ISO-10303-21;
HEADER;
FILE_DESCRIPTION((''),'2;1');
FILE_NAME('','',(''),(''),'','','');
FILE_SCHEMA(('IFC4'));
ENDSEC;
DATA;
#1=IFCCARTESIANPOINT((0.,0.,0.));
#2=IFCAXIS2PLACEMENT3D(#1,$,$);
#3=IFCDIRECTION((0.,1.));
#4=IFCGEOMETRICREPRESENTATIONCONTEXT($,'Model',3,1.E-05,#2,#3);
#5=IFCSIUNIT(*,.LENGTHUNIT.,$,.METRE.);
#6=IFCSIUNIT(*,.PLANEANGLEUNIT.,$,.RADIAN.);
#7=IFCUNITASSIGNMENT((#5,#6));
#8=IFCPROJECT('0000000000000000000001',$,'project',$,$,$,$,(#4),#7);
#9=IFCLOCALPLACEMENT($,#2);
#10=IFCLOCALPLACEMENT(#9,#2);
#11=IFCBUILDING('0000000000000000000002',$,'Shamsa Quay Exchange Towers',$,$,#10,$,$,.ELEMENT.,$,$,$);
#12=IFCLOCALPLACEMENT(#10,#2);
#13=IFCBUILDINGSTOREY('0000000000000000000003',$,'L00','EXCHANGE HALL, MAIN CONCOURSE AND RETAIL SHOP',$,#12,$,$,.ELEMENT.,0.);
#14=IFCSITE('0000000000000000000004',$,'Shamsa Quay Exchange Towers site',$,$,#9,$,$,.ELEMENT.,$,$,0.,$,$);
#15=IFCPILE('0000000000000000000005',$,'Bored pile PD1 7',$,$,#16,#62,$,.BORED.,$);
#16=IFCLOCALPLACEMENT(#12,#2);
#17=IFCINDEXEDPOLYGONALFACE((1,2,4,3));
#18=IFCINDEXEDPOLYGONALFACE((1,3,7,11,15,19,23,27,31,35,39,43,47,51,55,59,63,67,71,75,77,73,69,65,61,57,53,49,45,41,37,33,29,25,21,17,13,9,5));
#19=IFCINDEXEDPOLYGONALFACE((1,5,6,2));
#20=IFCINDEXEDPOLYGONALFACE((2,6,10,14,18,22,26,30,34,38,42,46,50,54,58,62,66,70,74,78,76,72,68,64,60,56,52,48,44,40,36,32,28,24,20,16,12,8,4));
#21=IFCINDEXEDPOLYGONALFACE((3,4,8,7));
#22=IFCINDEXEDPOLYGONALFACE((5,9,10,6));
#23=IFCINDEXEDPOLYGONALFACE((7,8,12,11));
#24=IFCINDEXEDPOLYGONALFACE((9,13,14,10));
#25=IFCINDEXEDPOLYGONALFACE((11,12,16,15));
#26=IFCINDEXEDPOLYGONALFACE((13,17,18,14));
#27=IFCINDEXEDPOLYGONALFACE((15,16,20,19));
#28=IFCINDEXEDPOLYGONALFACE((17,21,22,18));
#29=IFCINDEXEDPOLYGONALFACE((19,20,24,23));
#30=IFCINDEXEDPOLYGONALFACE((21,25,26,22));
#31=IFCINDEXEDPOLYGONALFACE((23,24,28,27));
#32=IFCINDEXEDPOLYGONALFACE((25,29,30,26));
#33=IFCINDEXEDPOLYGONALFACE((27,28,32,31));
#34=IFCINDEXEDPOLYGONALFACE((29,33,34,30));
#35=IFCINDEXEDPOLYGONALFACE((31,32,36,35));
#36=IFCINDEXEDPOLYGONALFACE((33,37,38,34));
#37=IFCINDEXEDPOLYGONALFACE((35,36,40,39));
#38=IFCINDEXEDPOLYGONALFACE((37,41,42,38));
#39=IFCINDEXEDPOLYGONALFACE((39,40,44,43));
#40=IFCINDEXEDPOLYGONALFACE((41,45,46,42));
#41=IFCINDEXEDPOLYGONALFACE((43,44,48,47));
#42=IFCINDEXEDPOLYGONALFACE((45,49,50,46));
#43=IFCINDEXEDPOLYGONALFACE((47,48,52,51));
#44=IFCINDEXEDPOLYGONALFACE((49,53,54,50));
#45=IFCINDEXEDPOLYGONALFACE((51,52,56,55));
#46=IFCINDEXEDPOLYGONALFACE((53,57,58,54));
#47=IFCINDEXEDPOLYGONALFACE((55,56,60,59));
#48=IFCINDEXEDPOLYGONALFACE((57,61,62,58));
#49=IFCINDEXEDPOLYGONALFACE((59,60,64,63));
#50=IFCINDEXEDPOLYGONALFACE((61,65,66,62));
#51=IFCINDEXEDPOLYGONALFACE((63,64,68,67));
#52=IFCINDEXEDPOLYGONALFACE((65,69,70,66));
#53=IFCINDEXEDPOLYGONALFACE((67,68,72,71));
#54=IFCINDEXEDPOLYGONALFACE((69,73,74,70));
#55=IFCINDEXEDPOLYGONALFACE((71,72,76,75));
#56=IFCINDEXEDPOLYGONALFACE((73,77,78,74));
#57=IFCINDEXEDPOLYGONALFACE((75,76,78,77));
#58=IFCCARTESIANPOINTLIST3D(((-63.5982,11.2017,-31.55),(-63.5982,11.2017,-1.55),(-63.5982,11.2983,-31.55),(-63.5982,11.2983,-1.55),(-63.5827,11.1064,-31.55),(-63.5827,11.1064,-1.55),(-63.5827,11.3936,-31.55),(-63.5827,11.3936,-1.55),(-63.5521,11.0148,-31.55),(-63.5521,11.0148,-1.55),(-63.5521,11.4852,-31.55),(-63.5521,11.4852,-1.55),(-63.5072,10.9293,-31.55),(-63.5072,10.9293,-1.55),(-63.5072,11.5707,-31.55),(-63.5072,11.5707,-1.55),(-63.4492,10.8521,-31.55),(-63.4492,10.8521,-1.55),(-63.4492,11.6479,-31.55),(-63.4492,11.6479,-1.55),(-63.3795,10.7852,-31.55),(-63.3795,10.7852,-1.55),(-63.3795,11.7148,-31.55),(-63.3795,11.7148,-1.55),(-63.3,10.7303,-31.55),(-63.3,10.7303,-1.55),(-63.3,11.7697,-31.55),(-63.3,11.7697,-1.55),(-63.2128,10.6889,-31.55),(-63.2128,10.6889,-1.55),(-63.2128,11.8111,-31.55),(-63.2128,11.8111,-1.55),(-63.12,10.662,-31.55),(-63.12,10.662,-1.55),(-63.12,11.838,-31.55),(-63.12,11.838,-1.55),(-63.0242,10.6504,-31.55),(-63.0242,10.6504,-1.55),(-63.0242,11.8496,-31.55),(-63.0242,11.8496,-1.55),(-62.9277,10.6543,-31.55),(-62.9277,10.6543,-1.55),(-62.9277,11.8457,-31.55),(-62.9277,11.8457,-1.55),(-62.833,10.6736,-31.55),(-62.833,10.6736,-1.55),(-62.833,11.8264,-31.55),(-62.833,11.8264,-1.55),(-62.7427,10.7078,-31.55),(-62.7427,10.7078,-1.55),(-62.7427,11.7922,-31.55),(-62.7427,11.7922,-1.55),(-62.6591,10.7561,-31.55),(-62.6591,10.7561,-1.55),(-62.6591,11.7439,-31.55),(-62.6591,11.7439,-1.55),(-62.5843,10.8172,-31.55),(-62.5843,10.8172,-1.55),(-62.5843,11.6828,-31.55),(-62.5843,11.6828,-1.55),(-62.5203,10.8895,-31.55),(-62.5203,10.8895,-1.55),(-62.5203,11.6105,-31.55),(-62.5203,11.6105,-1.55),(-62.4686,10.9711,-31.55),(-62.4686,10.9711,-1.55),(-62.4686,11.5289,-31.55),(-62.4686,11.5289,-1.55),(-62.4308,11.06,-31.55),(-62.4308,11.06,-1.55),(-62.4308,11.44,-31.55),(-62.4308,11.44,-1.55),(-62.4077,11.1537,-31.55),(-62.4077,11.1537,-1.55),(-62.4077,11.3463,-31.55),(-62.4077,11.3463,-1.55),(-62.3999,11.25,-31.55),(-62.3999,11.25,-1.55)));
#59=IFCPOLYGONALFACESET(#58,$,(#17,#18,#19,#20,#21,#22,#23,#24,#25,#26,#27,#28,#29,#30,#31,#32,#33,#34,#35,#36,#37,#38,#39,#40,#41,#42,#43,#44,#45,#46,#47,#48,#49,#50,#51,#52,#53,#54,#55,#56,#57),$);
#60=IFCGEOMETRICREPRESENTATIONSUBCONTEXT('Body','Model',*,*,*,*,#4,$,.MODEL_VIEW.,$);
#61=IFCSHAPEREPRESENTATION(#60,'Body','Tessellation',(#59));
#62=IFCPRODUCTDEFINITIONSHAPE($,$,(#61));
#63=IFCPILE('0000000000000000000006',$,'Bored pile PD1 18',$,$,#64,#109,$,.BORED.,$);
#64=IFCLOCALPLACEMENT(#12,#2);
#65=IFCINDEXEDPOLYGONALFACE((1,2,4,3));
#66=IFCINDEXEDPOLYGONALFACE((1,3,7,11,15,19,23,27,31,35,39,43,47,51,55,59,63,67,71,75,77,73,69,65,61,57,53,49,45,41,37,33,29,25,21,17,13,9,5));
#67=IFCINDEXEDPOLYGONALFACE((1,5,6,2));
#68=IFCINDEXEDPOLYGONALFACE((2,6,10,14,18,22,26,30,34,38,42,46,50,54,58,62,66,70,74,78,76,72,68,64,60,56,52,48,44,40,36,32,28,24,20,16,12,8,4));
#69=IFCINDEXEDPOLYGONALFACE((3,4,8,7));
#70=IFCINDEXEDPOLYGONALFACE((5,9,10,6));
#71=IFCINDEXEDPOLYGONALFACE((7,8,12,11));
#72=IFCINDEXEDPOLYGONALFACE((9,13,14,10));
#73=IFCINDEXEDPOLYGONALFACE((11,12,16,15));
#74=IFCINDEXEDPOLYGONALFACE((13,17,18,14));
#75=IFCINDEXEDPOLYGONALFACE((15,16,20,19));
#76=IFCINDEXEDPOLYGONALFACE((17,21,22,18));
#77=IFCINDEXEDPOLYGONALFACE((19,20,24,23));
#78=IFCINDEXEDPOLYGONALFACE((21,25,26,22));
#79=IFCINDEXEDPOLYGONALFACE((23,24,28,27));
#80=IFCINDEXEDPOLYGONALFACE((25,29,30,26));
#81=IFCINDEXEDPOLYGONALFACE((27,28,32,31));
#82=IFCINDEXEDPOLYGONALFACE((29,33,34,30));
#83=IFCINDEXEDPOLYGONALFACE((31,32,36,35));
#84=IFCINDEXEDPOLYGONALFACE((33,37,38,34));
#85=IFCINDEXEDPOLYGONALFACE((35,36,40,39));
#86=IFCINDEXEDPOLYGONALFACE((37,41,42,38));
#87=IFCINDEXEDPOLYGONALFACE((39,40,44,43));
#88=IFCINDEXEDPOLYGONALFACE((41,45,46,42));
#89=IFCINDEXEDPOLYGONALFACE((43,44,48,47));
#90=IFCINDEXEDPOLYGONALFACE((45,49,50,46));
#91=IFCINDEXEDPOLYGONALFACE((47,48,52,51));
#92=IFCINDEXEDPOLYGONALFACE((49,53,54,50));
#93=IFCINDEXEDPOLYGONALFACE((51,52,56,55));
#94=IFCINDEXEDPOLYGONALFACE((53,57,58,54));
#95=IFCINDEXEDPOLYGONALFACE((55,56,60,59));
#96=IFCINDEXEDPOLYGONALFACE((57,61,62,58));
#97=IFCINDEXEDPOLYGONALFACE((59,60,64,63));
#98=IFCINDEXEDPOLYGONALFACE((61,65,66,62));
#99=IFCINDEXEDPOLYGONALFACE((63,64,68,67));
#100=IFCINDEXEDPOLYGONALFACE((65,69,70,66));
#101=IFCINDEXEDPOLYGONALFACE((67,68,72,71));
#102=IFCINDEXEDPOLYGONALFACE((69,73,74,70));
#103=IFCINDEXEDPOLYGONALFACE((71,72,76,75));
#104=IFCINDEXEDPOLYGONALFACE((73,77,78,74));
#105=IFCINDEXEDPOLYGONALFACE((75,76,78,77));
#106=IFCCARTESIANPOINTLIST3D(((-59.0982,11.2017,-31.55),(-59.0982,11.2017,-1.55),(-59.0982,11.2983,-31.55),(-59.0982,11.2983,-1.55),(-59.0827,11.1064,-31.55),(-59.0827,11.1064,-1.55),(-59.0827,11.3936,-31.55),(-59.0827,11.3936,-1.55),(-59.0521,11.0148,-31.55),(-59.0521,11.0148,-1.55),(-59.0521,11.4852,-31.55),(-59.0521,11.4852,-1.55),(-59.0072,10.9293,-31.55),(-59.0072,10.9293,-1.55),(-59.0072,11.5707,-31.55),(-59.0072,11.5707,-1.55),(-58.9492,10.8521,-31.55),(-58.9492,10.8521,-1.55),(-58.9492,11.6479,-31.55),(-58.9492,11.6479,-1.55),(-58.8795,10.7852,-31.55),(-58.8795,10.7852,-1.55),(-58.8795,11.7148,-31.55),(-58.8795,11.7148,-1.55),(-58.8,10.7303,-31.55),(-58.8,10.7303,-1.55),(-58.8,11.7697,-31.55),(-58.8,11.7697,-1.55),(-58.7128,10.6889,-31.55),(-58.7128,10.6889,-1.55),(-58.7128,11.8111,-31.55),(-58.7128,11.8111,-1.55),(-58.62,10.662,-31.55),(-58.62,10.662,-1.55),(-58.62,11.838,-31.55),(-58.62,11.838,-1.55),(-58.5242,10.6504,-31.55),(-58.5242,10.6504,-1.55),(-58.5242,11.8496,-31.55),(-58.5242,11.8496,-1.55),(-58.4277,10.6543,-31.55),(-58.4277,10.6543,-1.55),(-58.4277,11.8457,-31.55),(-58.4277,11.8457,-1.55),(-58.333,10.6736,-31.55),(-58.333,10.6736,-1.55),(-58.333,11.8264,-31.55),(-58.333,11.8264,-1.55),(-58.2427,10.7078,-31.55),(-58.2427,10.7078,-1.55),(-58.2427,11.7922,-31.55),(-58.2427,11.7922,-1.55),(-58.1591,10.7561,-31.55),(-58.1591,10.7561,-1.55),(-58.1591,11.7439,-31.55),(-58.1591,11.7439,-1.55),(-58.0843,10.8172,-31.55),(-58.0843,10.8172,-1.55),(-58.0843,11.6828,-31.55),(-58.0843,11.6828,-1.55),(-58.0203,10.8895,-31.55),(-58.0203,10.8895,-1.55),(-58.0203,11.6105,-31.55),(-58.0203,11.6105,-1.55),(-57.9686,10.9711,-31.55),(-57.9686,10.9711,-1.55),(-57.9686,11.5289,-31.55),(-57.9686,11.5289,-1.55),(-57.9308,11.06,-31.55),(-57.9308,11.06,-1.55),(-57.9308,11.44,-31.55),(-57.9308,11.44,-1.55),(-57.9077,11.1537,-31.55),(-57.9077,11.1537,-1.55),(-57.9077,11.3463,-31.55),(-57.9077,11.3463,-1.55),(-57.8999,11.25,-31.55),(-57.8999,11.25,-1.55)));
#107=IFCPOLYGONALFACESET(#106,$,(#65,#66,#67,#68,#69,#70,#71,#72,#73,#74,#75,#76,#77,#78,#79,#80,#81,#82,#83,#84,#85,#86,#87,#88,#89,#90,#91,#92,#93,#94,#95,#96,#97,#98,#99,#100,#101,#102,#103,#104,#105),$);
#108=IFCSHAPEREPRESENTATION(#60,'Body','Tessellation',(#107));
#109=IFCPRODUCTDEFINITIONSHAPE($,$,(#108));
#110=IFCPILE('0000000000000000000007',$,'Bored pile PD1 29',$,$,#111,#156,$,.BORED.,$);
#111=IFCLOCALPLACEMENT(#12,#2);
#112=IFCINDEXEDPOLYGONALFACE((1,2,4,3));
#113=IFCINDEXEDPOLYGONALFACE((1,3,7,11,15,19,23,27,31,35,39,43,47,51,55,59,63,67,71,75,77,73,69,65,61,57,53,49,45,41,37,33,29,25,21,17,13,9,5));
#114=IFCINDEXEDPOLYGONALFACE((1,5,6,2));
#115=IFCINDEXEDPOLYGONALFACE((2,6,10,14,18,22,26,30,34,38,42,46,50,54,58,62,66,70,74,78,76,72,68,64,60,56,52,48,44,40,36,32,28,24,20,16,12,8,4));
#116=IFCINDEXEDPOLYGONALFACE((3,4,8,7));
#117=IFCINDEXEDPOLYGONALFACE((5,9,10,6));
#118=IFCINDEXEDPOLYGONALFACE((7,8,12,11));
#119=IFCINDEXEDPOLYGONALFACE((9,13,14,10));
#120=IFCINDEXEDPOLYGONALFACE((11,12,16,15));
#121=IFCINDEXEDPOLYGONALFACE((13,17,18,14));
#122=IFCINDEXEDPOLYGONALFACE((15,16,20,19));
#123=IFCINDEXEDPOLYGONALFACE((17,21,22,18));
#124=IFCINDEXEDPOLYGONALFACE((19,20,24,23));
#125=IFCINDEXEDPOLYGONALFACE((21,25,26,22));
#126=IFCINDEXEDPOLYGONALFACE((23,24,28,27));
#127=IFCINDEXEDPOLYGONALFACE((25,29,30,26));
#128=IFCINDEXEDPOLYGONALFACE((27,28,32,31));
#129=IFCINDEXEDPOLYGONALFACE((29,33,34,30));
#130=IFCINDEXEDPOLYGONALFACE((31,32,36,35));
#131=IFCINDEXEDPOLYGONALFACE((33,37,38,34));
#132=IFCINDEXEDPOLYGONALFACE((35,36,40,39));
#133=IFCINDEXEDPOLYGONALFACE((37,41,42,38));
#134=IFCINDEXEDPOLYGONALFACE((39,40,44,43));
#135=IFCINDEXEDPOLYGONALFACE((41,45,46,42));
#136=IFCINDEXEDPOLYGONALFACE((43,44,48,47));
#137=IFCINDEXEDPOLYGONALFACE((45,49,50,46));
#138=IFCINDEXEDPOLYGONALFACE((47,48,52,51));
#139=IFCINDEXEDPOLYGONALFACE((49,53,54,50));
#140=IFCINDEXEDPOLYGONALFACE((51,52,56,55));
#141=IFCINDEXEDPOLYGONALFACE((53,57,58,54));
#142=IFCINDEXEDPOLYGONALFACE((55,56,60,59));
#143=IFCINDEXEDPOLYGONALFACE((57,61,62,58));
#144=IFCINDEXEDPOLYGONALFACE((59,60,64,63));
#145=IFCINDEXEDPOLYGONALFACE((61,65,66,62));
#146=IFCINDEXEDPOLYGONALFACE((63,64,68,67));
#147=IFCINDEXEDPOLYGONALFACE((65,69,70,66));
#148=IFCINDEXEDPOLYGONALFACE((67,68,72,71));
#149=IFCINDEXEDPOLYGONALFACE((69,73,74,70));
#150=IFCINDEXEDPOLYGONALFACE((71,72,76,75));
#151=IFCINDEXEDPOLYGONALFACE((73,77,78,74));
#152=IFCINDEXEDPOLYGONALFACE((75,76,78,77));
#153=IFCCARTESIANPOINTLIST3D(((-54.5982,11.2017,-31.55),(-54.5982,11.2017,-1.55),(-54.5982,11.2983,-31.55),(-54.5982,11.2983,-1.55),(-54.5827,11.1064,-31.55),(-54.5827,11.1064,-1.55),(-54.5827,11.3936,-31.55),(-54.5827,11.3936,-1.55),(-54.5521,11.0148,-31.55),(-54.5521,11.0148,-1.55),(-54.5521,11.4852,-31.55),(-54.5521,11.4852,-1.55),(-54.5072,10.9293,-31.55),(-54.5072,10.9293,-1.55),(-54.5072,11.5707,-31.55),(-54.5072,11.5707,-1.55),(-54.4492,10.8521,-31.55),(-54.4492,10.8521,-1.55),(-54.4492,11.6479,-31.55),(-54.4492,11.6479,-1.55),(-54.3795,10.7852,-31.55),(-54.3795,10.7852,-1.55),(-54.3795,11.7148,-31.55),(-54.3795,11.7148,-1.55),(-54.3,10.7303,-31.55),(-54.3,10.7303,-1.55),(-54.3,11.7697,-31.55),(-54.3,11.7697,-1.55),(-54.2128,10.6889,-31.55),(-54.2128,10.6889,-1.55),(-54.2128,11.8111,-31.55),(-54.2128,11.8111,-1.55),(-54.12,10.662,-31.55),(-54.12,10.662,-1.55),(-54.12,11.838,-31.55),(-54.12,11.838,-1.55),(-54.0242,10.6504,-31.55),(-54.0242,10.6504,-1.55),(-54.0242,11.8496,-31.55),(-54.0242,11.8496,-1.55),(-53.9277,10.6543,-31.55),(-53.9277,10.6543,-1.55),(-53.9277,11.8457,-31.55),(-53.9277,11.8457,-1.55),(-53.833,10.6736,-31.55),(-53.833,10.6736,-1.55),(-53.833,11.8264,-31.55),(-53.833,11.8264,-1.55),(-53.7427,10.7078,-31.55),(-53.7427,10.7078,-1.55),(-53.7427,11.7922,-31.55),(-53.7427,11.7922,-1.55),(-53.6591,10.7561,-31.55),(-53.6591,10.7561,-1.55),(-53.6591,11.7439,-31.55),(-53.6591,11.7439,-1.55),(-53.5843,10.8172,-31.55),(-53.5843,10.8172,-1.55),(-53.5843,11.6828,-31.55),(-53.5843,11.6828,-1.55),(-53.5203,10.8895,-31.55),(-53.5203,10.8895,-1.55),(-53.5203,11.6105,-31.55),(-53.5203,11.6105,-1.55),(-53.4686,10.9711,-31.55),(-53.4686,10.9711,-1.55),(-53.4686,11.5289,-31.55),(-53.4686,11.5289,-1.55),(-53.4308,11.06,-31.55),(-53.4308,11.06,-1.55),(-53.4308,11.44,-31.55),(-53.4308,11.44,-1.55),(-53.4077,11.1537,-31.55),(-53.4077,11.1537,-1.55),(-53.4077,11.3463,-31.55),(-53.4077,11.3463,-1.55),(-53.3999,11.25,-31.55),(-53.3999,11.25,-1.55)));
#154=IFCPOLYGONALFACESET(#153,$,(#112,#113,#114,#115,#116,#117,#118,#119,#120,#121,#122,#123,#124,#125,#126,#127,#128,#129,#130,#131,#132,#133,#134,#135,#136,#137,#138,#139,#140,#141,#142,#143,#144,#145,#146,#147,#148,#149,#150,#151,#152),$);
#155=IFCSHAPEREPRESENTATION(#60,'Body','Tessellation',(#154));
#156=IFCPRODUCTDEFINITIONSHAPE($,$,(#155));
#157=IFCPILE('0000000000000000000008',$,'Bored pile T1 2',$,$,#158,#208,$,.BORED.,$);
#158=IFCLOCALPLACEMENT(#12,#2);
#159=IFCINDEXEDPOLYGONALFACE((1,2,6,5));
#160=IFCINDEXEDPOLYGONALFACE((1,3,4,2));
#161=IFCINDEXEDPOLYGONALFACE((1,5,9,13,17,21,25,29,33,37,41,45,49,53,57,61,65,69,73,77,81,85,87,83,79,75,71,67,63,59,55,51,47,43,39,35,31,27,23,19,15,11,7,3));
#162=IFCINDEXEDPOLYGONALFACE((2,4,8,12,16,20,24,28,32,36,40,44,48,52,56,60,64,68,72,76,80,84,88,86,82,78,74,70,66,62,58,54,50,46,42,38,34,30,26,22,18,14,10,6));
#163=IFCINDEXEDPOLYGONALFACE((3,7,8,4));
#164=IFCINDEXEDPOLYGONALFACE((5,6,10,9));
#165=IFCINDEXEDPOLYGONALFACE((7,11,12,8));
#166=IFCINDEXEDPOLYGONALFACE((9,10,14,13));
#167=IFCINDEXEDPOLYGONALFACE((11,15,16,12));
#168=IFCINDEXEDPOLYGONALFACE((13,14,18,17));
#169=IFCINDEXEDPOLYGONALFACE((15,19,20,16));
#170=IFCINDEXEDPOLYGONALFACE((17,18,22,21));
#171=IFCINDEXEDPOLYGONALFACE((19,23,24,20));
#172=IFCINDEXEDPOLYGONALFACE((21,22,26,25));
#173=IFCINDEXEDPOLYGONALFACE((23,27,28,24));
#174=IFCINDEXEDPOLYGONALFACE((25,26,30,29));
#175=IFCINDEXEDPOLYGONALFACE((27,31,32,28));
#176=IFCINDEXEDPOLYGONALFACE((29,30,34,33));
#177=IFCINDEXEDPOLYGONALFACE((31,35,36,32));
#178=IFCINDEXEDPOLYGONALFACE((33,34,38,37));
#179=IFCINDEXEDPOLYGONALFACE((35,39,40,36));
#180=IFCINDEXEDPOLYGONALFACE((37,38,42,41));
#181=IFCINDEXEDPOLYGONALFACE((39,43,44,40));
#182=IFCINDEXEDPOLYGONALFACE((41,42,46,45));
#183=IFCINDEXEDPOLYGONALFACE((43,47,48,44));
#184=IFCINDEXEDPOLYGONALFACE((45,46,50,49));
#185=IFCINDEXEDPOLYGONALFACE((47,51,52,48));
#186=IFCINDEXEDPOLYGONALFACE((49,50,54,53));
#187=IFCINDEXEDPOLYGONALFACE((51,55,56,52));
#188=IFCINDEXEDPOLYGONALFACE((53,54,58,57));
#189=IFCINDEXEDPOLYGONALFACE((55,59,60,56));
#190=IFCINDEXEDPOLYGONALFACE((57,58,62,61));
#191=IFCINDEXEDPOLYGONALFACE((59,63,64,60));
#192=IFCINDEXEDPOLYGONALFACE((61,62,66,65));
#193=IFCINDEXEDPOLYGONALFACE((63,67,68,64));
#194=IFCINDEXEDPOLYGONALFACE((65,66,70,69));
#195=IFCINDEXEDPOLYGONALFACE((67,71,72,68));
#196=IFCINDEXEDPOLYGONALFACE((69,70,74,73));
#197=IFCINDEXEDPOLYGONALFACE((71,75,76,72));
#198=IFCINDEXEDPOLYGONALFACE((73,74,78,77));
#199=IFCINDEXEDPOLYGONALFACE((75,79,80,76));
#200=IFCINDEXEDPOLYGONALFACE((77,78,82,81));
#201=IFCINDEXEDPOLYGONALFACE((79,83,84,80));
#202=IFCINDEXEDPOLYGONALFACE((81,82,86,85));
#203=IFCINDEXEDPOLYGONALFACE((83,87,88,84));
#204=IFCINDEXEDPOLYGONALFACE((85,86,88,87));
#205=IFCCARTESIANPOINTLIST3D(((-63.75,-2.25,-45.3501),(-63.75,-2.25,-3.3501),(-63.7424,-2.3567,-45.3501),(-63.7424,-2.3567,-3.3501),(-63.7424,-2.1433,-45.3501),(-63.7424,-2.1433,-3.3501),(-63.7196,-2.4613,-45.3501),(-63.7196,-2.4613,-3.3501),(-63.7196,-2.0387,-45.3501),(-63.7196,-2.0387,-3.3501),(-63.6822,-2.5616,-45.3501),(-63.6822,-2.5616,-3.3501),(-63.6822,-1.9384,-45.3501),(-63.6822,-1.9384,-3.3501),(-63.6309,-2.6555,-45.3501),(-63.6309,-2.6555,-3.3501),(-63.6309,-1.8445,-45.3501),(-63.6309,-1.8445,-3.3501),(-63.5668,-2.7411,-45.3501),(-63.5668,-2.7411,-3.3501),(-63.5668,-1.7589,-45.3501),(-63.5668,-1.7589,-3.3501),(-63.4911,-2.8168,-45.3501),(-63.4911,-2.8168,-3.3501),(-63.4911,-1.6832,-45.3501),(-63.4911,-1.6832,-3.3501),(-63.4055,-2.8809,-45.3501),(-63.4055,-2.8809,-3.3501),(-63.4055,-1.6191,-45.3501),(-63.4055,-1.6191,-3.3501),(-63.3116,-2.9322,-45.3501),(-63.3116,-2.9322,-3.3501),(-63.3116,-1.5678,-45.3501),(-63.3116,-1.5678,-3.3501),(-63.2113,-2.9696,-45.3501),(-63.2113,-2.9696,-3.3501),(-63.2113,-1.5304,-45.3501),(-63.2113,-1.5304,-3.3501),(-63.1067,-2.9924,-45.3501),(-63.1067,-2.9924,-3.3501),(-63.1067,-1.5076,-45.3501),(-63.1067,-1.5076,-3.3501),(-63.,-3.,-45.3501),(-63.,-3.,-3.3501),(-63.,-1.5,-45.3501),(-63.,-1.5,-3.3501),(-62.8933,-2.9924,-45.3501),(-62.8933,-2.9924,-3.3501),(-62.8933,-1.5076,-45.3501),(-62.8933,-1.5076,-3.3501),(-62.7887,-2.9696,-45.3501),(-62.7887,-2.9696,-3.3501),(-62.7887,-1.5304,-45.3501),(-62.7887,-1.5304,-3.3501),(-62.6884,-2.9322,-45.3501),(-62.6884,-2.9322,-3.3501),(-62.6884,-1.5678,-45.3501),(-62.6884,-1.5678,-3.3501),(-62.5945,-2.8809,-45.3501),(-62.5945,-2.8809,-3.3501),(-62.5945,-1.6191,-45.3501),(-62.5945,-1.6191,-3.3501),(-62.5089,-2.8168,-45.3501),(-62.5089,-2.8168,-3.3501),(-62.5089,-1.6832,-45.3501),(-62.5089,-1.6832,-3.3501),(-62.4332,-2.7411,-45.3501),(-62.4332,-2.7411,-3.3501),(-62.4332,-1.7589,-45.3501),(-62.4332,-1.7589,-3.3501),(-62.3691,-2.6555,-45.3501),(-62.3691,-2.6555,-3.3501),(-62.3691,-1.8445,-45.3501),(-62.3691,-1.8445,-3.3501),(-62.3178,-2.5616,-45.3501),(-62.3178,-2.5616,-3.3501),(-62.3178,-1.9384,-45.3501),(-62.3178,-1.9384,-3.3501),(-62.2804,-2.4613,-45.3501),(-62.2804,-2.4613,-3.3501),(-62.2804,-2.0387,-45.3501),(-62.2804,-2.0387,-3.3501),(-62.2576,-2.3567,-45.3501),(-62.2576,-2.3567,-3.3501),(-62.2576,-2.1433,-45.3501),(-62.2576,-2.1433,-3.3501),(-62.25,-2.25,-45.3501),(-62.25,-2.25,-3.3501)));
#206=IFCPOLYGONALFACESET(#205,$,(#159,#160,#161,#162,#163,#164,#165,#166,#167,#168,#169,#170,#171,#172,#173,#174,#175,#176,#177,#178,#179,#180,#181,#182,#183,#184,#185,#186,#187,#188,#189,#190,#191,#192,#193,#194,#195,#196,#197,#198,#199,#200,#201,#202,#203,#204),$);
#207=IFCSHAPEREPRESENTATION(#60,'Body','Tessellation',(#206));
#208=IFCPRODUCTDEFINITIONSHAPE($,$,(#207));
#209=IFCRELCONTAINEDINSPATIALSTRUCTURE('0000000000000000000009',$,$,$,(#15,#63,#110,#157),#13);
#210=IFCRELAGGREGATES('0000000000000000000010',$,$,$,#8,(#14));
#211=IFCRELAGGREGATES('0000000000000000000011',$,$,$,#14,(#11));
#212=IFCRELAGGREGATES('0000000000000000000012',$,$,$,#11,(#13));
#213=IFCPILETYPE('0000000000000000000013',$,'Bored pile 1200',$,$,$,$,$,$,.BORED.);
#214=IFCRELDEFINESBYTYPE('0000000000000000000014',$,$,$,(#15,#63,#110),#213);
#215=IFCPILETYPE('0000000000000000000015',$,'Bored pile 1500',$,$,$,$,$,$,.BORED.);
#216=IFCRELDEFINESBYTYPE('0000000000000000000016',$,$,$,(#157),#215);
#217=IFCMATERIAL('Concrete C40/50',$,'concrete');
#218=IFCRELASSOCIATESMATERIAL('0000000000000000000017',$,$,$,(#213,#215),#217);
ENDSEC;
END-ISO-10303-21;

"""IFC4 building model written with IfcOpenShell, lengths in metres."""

from ifc_helpers import new_model, si_unit, direction, frame, origin, origin_2d, place, context, subcontext, project, spatial, circle, extrude, material, material_profile, profile_set, type_object, element, save


model = new_model("IFC4")

# Units and contexts
model_context = context("Model", 3, precision=1e-05, world=origin(), true_north=direction((0.0, 1.0)))
body_context = subcontext(model_context, "Body", "Model", "MODEL_VIEW")
ifc_project = project(units=[si_unit("LENGTHUNIT", "METRE"), si_unit("PLANEANGLEUNIT", "RADIAN")], contexts=[model_context])

# Site, building, storey
site_placement = place(None, origin())
site = spatial("IfcSite", under=ifc_project, at=site_placement, Name="Shamsa Quay Exchange Towers site", CompositionType="ELEMENT", RefElevation=0.0)
building_placement = place(site_placement, origin())
building = spatial("IfcBuilding", under=site, at=building_placement, Name="Shamsa Quay Exchange Towers", CompositionType="ELEMENT")
storey_placement = place(building_placement, origin())
storey = spatial("IfcBuildingStorey", under=building, at=storey_placement, Name="L00", Description="EXCHANGE HALL, MAIN CONCOURSE AND RETAIL SHOP", CompositionType="ELEMENT", Elevation=0.0)

# Piles
ifc_material_1 = material(Name="Concrete C40/50", Category="concrete")
ifc_material_profile_1 = material_profile(ifc_material_1, circle(Radius=0.6001, at=origin_2d()), Name="BP1200")
ifc_profile_set_1 = profile_set([ifc_material_profile_1], Name="Concrete C40/50")
pile_type_1 = type_object("IfcPileType", Name="Bored pile 1200", PredefinedType="BORED", material=ifc_profile_set_1)
for number, where, z_axis, x_axis, name in (
    (1, (-63.0, 11.25, -1.55), (0.0, 0.0, -1.0), (1.0, 0.0, 0.0), "Bored pile PD1 7"),
    (2, (-58.5, 11.25, -1.55), (0.0, 0.0, -1.0), (1.0, 0.0, 0.0), "Bored pile PD1 18"),
    (3, (-54.0, 11.25, -1.55), (0.0, 0.0, -1.0), (1.0, 0.0, 0.0), "Bored pile PD1 29"),
):
    element("IfcPile", number, at=place(storey_placement, frame(where, z_axis=z_axis, x_axis=x_axis)), inside=storey, type_object=pile_type_1, Name=name, PredefinedType="BORED", context=body_context, shape_type="SweptSolid", body=[
        extrude(circle(Radius=0.6001, at=origin_2d()), origin(), (0.0, 0.0, 1.0), 30.0),
    ])
ifc_material_profile_2 = material_profile(ifc_material_1, circle(Radius=0.75, at=origin_2d()), Name="BP1500")
ifc_profile_set_2 = profile_set([ifc_material_profile_2], Name="Concrete C40/50")
pile_type_2 = type_object("IfcPileType", Name="Bored pile 1500", PredefinedType="BORED", material=ifc_profile_set_2)
for number, where, z_axis, x_axis, name in (
    (4, (-63.0, -2.25, -3.3501), (0.0, 0.0, -1.0), (1.0, 0.0, 0.0), "Bored pile T1 2"),
):
    element("IfcPile", number, at=place(storey_placement, frame(where, z_axis=z_axis, x_axis=x_axis)), inside=storey, type_object=pile_type_2, Name=name, PredefinedType="BORED", context=body_context, shape_type="SweptSolid", body=[
        extrude(circle(Radius=0.75, at=origin_2d()), origin(), (0.0, 0.0, 1.0), 42.0),
    ])

save(model, "model.ifc")
